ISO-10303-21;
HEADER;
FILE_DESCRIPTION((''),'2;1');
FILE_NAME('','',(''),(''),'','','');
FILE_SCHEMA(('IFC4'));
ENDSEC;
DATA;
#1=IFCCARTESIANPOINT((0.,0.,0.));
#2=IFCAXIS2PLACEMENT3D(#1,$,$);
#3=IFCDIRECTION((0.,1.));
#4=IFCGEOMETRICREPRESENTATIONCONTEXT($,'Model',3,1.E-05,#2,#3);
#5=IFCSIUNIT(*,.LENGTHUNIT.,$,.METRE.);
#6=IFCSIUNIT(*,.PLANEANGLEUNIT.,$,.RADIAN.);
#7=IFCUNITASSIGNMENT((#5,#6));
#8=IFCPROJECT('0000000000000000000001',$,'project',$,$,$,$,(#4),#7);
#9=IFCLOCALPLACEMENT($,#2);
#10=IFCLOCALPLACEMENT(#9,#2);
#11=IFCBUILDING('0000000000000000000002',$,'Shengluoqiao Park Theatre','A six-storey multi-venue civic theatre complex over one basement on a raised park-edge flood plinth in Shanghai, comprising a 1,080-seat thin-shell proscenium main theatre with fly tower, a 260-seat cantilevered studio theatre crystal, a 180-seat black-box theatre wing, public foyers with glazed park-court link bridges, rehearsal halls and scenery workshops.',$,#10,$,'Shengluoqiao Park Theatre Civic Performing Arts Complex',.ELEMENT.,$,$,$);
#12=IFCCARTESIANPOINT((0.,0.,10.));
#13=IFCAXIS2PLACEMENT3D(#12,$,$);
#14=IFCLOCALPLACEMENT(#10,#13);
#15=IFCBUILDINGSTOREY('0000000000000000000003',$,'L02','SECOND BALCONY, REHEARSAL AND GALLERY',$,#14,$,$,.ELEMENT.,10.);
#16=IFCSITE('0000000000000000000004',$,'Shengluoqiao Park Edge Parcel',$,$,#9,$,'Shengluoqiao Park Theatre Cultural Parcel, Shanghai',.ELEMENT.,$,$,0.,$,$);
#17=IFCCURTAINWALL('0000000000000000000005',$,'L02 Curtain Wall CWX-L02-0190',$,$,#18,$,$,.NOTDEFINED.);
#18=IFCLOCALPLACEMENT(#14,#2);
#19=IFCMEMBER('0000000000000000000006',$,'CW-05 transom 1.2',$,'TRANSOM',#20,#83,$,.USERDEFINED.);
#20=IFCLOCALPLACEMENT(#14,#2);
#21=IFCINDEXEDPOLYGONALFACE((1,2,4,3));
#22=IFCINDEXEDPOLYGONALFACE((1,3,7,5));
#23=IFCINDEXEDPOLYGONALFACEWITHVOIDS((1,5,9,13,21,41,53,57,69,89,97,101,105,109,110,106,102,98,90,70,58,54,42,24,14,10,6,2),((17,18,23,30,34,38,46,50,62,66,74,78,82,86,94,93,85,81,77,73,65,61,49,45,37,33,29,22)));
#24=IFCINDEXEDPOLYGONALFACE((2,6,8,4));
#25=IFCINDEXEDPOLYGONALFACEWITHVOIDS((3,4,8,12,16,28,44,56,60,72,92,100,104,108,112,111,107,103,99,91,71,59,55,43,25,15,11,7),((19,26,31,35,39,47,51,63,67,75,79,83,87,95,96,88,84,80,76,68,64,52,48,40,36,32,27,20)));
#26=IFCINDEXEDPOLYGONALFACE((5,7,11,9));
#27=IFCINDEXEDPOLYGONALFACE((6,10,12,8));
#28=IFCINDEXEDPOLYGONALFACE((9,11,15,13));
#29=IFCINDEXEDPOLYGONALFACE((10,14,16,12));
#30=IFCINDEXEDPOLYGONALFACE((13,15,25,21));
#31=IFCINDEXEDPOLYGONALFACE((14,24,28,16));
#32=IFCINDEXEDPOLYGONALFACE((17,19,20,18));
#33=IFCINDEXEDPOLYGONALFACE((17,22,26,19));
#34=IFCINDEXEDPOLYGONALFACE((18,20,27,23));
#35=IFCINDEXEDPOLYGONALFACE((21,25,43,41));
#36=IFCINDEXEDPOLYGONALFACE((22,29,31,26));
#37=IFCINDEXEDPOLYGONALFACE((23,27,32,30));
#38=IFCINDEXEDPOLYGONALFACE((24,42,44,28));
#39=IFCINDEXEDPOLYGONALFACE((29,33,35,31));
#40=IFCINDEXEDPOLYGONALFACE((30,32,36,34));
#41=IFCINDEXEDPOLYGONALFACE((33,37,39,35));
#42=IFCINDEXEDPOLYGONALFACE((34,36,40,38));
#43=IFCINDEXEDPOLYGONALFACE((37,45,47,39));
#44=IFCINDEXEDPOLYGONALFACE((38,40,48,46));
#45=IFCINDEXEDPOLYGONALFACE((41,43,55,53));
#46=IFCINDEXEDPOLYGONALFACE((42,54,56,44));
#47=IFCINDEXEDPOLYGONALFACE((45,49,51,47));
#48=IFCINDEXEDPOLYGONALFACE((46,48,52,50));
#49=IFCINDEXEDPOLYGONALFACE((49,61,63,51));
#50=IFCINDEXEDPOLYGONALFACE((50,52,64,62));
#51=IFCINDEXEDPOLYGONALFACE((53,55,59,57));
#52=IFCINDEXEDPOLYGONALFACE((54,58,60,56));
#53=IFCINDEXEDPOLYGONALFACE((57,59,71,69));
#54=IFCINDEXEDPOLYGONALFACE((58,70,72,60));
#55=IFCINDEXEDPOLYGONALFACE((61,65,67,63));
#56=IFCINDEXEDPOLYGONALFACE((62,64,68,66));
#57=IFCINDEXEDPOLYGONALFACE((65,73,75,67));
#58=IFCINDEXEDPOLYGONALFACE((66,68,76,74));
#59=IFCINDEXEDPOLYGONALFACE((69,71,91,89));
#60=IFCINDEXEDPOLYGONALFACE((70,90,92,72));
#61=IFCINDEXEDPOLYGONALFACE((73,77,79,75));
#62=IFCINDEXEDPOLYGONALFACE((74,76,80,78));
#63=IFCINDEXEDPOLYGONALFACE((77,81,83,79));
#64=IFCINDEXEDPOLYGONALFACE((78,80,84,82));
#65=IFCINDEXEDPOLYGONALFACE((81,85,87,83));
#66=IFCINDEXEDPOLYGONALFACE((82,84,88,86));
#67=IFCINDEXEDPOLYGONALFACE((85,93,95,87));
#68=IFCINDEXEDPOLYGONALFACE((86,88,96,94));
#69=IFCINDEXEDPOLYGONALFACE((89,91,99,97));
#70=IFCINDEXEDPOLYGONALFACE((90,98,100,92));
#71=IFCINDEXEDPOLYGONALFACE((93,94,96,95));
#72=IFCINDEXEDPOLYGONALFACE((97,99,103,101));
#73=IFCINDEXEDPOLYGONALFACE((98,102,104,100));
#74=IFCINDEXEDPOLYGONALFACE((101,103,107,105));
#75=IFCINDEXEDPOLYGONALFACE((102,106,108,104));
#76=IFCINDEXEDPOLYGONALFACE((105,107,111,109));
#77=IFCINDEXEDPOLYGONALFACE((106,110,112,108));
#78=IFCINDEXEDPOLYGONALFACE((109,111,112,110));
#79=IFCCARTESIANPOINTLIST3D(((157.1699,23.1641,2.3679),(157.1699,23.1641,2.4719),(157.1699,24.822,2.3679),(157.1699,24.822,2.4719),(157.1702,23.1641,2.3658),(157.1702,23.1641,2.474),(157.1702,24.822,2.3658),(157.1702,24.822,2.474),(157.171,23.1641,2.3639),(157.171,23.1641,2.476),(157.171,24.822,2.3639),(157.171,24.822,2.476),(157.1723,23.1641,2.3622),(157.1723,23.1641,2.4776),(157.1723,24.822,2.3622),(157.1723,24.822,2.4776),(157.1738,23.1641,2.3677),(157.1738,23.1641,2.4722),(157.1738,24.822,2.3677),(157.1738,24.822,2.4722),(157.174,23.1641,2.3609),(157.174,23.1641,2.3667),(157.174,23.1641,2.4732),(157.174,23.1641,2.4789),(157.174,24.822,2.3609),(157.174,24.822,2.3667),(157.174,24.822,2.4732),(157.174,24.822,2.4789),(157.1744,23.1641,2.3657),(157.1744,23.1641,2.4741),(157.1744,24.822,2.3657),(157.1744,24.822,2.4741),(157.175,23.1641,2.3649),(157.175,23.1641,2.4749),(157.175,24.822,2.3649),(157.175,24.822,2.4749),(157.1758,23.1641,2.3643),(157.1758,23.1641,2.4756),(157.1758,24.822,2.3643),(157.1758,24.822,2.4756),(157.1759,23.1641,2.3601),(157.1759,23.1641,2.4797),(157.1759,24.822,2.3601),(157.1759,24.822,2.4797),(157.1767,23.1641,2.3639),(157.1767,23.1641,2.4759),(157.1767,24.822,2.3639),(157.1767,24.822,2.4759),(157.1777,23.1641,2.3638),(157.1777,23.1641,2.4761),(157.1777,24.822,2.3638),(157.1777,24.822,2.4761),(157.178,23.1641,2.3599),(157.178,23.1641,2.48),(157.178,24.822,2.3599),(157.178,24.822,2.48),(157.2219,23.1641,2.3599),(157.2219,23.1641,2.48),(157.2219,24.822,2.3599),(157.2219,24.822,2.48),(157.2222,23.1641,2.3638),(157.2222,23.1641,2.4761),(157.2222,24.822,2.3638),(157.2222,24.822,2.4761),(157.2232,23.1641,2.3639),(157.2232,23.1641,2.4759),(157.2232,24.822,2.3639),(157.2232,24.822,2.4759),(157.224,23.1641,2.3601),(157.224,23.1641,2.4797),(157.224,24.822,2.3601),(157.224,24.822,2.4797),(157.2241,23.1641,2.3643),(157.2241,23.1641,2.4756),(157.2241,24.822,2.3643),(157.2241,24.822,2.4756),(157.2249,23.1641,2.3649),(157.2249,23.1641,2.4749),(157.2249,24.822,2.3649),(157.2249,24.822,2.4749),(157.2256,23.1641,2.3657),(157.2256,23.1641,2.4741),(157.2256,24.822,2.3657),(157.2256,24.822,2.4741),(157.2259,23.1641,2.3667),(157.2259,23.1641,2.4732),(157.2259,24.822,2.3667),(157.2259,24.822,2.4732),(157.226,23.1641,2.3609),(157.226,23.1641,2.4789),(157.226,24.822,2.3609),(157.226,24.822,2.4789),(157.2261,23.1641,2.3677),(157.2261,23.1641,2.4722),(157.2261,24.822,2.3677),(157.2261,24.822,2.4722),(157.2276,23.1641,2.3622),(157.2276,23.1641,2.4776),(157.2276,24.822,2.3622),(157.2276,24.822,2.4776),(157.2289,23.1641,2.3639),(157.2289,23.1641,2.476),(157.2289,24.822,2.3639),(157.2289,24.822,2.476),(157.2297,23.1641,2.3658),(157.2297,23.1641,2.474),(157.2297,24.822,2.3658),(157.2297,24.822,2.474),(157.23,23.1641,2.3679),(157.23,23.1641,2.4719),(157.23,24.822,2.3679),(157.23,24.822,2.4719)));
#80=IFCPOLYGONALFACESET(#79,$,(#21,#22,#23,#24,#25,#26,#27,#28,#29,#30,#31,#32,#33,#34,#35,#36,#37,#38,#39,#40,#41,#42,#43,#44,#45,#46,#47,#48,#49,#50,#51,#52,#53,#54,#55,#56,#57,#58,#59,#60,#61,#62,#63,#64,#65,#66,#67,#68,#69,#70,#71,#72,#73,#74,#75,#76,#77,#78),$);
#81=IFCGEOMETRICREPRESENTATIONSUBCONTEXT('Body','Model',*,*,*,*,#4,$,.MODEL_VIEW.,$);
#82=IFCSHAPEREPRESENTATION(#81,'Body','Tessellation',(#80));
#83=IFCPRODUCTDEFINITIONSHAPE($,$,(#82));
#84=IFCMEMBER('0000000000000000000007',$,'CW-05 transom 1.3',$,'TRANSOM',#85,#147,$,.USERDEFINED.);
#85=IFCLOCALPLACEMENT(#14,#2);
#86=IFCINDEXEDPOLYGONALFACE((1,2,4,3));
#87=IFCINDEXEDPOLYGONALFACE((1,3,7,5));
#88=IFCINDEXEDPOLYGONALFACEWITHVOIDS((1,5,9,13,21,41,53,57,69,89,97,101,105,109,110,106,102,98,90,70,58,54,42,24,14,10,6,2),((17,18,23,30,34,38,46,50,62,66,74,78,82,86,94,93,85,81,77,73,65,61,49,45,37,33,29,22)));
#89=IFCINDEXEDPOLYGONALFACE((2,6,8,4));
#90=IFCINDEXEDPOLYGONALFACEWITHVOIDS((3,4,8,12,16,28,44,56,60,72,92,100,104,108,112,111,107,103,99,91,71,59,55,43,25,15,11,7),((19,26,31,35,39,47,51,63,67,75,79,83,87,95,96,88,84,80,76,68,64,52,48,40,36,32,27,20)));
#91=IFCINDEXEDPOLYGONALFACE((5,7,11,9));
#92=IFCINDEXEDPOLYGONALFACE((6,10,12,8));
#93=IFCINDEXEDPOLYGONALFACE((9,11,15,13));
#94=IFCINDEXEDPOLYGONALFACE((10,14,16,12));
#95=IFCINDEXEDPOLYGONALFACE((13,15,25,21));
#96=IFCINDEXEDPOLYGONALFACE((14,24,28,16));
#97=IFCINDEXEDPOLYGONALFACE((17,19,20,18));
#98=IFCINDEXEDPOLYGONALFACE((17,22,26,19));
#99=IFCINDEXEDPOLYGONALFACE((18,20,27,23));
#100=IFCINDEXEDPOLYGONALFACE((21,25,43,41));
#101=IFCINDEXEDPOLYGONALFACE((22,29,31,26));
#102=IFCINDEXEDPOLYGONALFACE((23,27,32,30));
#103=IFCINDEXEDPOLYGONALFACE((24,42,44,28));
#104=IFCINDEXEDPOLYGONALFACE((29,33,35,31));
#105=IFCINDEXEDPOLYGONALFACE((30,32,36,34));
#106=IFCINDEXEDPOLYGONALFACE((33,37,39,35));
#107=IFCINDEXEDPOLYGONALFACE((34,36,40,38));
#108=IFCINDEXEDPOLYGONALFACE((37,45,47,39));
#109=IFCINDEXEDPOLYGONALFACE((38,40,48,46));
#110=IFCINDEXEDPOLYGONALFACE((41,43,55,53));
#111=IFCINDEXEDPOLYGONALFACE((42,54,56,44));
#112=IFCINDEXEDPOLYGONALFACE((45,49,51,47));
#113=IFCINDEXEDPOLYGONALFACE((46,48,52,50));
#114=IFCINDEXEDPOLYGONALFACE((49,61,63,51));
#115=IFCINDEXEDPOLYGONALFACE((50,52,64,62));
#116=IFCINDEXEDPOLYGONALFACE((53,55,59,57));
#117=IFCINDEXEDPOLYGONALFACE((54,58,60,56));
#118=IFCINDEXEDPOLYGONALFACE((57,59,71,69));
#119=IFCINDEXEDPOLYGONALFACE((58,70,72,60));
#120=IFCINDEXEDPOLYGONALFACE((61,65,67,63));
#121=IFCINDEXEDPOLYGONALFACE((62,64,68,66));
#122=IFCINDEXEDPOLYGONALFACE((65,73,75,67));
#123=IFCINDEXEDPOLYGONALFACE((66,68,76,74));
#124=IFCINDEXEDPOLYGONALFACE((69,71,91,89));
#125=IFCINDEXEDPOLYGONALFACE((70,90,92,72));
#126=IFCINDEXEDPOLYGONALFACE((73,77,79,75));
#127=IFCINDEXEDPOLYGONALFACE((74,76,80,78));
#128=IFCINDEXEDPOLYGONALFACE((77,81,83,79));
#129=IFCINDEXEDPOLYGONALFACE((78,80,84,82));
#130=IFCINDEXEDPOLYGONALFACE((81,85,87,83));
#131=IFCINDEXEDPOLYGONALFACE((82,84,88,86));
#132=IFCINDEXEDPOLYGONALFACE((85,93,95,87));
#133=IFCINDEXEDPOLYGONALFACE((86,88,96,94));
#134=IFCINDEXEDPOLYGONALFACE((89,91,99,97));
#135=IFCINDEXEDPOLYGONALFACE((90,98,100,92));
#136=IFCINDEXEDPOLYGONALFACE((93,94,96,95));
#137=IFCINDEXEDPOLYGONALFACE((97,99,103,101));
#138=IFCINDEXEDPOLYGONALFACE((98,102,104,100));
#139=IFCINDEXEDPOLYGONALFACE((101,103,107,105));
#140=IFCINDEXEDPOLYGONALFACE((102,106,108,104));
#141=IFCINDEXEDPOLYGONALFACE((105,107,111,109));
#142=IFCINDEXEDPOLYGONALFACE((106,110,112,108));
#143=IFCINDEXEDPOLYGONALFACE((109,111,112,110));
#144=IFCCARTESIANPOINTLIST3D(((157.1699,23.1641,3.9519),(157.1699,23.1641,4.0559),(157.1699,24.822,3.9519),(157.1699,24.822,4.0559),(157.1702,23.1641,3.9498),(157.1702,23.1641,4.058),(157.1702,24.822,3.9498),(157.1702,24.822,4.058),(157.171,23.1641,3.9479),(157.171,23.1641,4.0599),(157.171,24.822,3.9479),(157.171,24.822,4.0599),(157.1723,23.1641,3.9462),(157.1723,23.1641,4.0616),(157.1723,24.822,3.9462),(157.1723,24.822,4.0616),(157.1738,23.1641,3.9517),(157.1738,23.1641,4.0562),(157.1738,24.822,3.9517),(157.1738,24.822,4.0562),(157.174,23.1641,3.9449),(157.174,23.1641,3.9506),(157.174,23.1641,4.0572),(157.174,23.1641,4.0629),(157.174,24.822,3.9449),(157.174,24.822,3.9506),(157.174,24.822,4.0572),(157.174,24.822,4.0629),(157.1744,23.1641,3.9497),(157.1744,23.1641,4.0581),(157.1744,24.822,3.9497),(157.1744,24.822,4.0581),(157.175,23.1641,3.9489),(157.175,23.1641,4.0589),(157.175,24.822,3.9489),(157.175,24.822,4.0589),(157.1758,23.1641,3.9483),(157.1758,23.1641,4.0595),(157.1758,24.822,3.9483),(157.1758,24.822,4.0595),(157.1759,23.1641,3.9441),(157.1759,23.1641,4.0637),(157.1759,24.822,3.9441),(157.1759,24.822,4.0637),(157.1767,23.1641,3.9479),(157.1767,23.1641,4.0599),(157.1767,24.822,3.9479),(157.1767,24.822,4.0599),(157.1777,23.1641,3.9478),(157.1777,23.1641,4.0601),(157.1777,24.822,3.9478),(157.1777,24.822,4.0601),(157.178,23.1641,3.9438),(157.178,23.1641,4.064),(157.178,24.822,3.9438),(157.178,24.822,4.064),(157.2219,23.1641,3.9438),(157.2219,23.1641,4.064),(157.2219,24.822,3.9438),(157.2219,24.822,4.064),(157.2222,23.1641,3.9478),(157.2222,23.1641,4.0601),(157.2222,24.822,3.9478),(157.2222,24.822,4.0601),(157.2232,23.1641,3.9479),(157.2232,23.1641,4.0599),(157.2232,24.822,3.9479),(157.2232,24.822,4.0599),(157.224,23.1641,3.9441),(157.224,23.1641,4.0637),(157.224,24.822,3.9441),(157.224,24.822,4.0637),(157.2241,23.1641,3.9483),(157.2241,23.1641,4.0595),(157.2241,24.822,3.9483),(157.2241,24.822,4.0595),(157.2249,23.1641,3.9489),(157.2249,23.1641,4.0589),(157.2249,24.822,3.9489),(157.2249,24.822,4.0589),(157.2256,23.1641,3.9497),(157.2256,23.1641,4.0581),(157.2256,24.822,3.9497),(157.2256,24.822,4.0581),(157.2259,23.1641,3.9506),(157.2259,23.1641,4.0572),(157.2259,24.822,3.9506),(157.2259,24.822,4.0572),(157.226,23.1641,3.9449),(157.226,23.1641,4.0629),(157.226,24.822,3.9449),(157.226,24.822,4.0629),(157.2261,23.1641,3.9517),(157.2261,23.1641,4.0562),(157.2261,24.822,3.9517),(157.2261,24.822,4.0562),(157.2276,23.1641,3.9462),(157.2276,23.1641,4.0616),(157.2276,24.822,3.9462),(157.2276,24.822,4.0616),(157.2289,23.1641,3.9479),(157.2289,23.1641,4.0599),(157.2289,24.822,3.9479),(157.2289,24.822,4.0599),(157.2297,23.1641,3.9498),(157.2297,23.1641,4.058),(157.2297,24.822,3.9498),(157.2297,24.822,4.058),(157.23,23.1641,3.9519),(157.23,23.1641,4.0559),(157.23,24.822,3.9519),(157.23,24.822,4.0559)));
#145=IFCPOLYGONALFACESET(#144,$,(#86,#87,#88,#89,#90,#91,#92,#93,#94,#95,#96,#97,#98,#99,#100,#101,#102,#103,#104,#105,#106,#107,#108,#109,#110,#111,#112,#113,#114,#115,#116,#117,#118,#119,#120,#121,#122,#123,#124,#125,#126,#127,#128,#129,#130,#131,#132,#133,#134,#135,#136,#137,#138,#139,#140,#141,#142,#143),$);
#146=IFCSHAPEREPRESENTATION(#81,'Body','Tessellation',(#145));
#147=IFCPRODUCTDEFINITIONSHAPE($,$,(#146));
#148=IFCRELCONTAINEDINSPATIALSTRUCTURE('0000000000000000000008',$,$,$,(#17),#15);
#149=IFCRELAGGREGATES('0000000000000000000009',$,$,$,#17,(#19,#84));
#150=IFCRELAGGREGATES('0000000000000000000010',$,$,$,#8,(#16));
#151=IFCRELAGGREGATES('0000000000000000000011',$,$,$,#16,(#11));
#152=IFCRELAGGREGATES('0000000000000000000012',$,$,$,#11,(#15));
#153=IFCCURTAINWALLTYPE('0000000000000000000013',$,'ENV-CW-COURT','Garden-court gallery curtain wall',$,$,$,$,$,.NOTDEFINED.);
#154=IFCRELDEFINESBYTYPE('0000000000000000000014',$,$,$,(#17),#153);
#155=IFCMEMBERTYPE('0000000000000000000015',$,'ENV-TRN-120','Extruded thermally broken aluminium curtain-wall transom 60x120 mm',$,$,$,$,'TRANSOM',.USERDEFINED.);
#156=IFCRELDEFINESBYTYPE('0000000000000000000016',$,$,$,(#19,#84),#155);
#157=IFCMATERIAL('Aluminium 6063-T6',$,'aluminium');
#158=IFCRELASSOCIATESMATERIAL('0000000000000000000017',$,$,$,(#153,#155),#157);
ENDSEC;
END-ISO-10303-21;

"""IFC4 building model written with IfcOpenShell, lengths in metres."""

from ifc_helpers import new_model, si_unit, direction, frame, origin, origin_2d, place, context, subcontext, project, spatial, hollow_rectangle, extrude, material, material_profile, profile_set, type_object, element, aggregate, save


model = new_model("IFC4")

# Units and contexts
model_context = context("Model", 3, precision=1e-05, world=origin(), true_north=direction((0.0, 1.0)))
body_context = subcontext(model_context, "Body", "Model", "MODEL_VIEW")
ifc_project = project(units=[si_unit("LENGTHUNIT", "METRE"), si_unit("PLANEANGLEUNIT", "RADIAN")], contexts=[model_context])

# Site, building, storey
site_placement = place(None, origin())
site = spatial("IfcSite", under=ifc_project, at=site_placement, Name="Shengluoqiao Park Edge Parcel", LongName="Shengluoqiao Park Theatre Cultural Parcel, Shanghai", CompositionType="ELEMENT", RefElevation=0.0)
building_placement = place(site_placement, origin())
building = spatial("IfcBuilding", under=site, at=building_placement, Name="Shengluoqiao Park Theatre", Description="A six-storey multi-venue civic theatre complex over one basement on a raised park-edge flood plinth in Shanghai, comprising a 1,080-seat thin-shell proscenium main theatre with fly tower, a 260-seat cantilevered studio theatre crystal, a 180-seat black-box theatre wing, public foyers with glazed park-court link bridges, rehearsal halls and scenery workshops.", LongName="Shengluoqiao Park Theatre Civic Performing Arts Complex", CompositionType="ELEMENT")
storey_placement = place(building_placement, frame((0.0, 0.0, 10.0)))
storey = spatial("IfcBuildingStorey", under=building, at=storey_placement, Name="L02", Description="SECOND BALCONY, REHEARSAL AND GALLERY", CompositionType="ELEMENT", Elevation=10.0)

# Curtain wall
ifc_material_1 = material(Name="Aluminium 6063-T6", Category="aluminium")
curtain_wall_type = type_object("IfcCurtainWallType", Name="ENV-CW-COURT", Description="Garden-court gallery curtain wall", PredefinedType="NOTDEFINED", material=ifc_material_1)
curtain_wall_1_placement = place(storey_placement, origin())
curtain_wall_1 = element("IfcCurtainWall", 1, at=curtain_wall_1_placement, inside=storey, type_object=curtain_wall_type, Name="L02 Curtain Wall CWX-L02-0190", PredefinedType="NOTDEFINED")

# Members
ifc_material_profile_1 = material_profile(ifc_material_1, hollow_rectangle(XDim=0.0601, YDim=0.1201, WallThickness=0.0039, InnerFilletRadius=0.0039, OuterFilletRadius=0.0081, at=origin_2d()), Name="ALU TRANSOM 120x60x4")
ifc_profile_set_1 = profile_set([ifc_material_profile_1], Name="Aluminium 6063-T6")
member_type_1 = type_object("IfcMemberType", Name="ENV-TRN-120", Description="Extruded thermally broken aluminium curtain-wall transom 60x120 mm", ElementType="TRANSOM", PredefinedType="USERDEFINED", material=ifc_profile_set_1)
member_1_placement = place(storey_placement, frame((157.2, 23.1641, 2.4199), z_axis=(0.0, 1.0, 0.0), x_axis=(-1.0, 0.0, 0.0)))
member_1 = element("IfcMember", 2, at=member_1_placement, type_object=member_type_1, Name="CW-05 transom 1.2", ObjectType="TRANSOM", PredefinedType="USERDEFINED", context=body_context, shape_type="SweptSolid", body=[
    extrude(hollow_rectangle(XDim=0.0601, YDim=0.1201, WallThickness=0.0039, InnerFilletRadius=0.0039, OuterFilletRadius=0.0081, at=origin_2d()), origin(), (0.0, 0.0, 1.0), 1.658),
])
member_2_placement = place(storey_placement, frame((157.2, 23.1641, 4.0039), z_axis=(0.0, 1.0, 0.0), x_axis=(-1.0, 0.0, 0.0)))
member_2 = element("IfcMember", 3, at=member_2_placement, type_object=member_type_1, Name="CW-05 transom 1.3", ObjectType="TRANSOM", PredefinedType="USERDEFINED", context=body_context, shape_type="SweptSolid", body=[
    extrude(hollow_rectangle(XDim=0.0601, YDim=0.1201, WallThickness=0.0039, InnerFilletRadius=0.0039, OuterFilletRadius=0.0081, at=origin_2d()), origin(), (0.0, 0.0, 1.0), 1.658),
])

aggregate(curtain_wall_1, [member_1, member_2])

save(model, "model.ifc")
